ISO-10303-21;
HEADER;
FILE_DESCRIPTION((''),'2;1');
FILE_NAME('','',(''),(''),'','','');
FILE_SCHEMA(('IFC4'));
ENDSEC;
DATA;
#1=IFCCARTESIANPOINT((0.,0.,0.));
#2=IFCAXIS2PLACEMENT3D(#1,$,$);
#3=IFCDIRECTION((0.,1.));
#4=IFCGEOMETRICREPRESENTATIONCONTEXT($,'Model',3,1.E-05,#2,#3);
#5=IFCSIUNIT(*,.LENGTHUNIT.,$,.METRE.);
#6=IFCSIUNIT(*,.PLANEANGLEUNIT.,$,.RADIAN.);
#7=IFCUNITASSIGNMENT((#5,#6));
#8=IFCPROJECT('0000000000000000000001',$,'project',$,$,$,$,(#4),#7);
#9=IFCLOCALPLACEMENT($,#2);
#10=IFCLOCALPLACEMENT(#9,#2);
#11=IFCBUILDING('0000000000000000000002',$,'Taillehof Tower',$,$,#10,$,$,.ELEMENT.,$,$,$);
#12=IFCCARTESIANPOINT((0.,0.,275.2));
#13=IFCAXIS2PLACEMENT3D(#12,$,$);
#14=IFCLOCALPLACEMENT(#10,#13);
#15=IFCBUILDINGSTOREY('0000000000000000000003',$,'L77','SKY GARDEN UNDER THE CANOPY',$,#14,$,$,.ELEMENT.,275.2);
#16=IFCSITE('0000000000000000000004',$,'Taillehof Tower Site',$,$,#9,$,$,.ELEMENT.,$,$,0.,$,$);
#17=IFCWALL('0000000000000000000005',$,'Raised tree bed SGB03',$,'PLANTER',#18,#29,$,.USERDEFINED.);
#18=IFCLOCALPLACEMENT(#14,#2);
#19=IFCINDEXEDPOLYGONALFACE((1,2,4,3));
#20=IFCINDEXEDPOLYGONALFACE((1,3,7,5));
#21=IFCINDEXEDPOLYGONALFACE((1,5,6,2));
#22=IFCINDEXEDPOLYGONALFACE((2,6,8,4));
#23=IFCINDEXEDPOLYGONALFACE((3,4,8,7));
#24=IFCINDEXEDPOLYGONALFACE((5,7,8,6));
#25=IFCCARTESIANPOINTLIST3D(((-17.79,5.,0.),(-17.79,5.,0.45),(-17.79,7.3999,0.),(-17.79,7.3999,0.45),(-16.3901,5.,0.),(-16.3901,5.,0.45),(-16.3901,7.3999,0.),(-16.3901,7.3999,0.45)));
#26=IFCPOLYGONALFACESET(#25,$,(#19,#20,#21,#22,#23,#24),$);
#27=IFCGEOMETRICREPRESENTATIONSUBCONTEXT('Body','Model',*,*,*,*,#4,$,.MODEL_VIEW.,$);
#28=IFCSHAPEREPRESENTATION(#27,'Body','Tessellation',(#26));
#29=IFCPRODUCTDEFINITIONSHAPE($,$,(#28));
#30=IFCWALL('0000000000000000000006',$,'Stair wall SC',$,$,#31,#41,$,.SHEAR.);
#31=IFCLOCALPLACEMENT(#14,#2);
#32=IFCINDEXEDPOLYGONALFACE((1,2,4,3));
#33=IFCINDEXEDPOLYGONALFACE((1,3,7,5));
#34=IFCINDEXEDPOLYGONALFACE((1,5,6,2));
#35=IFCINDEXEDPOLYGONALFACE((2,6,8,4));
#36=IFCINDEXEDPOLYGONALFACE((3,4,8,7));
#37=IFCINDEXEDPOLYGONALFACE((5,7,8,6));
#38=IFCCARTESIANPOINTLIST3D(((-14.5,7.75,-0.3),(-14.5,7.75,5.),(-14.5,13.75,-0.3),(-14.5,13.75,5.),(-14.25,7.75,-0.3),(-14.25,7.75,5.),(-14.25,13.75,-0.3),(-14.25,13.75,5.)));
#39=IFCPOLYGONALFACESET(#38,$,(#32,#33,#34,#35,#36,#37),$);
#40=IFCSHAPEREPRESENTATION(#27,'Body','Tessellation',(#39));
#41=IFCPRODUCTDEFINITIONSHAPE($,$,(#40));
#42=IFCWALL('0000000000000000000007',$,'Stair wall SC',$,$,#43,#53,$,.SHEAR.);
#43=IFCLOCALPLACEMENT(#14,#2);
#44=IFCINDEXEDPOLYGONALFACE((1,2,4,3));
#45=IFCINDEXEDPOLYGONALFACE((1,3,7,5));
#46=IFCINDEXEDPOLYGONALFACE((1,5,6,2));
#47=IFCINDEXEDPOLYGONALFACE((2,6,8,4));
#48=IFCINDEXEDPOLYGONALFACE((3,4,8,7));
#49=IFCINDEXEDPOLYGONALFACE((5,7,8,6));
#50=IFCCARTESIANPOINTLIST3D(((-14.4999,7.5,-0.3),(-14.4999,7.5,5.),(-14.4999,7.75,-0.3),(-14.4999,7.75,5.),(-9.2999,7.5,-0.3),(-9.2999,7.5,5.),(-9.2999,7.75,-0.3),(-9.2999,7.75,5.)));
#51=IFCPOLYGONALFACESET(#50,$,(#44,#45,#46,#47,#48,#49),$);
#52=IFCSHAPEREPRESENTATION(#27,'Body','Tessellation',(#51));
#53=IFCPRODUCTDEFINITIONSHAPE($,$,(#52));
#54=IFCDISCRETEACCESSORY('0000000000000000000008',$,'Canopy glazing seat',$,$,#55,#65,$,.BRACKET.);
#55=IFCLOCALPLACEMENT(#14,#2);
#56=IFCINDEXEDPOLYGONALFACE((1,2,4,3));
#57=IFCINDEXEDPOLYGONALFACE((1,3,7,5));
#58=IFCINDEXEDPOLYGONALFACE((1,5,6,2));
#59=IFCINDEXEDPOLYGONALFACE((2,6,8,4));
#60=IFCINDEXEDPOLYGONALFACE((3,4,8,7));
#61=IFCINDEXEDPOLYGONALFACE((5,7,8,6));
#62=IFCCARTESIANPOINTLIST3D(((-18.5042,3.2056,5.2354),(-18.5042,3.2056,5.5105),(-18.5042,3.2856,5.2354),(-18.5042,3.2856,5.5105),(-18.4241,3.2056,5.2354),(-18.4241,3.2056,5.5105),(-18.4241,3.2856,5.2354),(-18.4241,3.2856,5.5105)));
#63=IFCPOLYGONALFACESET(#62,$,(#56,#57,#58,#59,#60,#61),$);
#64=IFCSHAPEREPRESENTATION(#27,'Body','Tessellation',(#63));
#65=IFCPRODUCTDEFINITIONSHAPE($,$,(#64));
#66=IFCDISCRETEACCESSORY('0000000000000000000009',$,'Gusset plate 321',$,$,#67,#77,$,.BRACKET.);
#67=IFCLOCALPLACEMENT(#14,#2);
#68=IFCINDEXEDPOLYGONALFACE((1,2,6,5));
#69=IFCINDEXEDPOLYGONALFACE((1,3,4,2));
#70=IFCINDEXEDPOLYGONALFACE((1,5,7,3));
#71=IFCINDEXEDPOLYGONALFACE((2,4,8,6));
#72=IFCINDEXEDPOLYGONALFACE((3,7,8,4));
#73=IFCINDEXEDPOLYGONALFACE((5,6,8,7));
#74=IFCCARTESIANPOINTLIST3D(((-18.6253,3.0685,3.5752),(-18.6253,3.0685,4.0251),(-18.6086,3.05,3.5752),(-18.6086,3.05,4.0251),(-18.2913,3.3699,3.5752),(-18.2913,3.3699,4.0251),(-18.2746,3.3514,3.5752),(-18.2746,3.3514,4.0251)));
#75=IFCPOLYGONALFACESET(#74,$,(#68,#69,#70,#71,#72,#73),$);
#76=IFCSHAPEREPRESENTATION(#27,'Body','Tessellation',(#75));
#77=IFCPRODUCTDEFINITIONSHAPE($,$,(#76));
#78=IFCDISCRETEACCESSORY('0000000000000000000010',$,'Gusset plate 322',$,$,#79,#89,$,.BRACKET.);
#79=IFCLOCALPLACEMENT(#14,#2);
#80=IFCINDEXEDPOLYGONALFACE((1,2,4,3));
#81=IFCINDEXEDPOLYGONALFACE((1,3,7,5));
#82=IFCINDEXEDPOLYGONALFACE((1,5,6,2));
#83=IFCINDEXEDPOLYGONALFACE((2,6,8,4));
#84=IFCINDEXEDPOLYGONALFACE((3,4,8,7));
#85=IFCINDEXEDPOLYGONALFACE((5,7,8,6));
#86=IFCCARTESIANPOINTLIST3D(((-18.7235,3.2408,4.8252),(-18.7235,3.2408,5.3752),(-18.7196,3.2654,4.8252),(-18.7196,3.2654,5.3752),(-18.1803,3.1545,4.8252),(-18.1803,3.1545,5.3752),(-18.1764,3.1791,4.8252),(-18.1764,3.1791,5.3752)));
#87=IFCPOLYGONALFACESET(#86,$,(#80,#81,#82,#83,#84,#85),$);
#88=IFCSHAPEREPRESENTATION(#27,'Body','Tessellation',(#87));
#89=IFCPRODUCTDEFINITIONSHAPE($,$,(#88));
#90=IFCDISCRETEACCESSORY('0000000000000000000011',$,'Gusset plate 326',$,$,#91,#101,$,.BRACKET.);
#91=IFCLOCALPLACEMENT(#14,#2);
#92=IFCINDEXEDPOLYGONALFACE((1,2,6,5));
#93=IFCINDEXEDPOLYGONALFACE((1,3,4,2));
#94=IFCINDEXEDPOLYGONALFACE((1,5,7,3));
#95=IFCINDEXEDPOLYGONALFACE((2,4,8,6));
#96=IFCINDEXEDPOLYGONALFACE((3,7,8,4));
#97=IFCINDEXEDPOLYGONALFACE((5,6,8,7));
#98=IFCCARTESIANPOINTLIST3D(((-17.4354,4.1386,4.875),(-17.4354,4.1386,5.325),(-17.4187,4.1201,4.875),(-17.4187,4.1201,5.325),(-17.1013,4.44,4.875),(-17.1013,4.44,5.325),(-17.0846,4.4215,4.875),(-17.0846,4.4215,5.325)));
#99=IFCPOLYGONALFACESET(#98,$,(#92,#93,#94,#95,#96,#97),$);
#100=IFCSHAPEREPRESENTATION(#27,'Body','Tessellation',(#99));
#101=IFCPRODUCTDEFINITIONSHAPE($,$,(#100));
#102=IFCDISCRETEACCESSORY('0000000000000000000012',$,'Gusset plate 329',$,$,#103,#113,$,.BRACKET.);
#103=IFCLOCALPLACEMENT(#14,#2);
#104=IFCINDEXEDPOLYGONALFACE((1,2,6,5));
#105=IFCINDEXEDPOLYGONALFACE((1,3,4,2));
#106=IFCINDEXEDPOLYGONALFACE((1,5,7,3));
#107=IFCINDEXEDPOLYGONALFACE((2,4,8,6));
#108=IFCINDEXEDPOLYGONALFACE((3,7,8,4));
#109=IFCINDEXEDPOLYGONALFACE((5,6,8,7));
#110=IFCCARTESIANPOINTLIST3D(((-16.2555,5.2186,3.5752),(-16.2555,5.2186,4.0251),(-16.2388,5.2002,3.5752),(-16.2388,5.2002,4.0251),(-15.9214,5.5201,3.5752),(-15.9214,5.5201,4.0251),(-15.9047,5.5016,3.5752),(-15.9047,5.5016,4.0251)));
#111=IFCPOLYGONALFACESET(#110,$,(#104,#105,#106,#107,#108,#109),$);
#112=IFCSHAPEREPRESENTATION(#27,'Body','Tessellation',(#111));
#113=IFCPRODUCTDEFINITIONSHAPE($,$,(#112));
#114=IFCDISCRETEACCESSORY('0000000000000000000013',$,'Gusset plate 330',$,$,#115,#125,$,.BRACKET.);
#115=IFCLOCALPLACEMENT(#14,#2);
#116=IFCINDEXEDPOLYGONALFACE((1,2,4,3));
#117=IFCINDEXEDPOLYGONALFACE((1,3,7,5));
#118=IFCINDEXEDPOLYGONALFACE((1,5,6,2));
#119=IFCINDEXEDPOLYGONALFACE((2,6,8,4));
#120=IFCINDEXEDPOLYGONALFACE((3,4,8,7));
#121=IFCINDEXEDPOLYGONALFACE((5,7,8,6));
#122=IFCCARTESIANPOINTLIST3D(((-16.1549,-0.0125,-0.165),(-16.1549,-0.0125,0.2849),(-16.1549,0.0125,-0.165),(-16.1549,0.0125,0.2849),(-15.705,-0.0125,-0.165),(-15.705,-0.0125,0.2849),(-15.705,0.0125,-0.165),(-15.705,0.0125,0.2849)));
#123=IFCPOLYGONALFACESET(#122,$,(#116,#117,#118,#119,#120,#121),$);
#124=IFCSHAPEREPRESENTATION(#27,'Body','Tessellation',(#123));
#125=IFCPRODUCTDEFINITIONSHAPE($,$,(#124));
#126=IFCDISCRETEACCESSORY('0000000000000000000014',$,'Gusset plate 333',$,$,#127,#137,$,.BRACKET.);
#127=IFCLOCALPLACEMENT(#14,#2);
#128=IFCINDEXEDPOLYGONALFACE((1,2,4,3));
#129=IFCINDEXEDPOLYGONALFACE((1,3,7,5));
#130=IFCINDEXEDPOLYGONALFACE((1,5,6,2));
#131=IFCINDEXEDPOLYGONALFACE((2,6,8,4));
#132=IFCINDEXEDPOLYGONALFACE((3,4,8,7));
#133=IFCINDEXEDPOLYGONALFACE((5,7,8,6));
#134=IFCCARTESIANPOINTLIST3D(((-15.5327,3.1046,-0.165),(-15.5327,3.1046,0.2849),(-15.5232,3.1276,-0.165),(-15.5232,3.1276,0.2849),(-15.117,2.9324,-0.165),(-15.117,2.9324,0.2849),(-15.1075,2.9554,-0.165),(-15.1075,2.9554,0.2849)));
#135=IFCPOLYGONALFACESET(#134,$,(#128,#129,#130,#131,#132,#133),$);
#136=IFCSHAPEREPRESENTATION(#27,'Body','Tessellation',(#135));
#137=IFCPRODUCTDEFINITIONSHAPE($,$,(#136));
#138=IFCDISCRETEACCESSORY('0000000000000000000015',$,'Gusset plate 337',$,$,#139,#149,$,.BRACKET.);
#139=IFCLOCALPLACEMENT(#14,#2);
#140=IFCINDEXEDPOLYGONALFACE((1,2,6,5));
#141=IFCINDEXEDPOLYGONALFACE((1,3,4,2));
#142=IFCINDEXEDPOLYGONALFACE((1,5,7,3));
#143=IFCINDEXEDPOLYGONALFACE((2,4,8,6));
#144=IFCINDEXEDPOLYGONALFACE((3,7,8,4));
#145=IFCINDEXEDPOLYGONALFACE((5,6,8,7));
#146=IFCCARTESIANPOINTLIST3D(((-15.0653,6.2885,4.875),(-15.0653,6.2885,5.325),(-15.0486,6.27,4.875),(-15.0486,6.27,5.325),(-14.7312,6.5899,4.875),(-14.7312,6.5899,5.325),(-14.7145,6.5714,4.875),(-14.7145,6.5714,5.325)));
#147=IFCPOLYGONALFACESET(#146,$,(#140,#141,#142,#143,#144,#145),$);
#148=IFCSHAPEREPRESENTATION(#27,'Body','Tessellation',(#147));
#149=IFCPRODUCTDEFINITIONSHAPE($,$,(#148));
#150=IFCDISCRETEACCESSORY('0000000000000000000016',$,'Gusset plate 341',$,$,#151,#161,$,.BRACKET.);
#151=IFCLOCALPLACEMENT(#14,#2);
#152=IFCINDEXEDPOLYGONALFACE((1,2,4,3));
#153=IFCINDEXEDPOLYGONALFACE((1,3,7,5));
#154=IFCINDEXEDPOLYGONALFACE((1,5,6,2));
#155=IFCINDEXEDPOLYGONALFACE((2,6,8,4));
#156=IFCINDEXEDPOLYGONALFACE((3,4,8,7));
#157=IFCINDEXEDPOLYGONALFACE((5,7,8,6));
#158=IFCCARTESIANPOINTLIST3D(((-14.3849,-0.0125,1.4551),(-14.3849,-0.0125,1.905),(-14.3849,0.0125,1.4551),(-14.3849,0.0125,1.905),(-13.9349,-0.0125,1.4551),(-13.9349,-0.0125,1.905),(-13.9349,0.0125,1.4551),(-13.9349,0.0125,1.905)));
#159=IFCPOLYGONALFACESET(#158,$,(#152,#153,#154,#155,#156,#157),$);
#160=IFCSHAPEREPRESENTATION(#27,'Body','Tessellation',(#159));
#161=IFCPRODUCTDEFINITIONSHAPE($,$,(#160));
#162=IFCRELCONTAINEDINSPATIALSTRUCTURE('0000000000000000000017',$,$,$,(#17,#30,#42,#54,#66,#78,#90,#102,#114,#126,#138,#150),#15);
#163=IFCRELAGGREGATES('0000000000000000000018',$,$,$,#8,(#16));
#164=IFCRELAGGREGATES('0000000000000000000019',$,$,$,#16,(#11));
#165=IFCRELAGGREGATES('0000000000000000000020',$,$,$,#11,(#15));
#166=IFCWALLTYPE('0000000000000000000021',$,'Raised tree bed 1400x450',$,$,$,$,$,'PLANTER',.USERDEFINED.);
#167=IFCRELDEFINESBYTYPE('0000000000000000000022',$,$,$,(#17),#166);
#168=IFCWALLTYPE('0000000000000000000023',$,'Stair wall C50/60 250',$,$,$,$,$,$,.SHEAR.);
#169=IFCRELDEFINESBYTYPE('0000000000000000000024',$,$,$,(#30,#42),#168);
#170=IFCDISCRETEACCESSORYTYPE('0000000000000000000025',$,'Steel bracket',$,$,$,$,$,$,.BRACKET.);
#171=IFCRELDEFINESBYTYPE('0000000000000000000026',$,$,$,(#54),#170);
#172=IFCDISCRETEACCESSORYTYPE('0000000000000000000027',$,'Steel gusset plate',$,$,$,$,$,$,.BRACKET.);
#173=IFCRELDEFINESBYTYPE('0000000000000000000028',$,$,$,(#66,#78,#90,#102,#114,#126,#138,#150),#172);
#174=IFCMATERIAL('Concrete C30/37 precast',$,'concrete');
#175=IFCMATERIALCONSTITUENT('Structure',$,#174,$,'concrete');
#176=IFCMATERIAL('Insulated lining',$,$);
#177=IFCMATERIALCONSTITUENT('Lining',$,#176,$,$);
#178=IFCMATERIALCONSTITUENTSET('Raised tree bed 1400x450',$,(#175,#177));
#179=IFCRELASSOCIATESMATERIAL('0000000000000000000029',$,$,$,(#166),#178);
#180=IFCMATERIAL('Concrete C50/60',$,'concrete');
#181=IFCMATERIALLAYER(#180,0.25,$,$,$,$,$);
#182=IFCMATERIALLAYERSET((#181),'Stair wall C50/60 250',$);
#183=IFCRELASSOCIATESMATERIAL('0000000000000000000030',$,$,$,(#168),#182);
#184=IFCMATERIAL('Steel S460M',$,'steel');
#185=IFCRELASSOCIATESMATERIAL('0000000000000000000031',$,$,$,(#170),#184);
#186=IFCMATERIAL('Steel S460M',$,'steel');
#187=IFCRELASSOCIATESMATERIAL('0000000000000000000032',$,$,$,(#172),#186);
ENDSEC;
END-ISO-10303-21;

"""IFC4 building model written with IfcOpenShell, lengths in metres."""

from ifc_helpers import new_model, si_unit, direction, frame, frame_2d, origin, origin_2d, place, context, subcontext, project, spatial, rectangle, extrude, material, layer, layer_set, constituent, constituent_set, type_object, element, save


model = new_model("IFC4")

# Units and contexts
model_context = context("Model", 3, precision=1e-05, world=origin(), true_north=direction((0.0, 1.0)))
body_context = subcontext(model_context, "Body", "Model", "MODEL_VIEW")
ifc_project = project(units=[si_unit("LENGTHUNIT", "METRE"), si_unit("PLANEANGLEUNIT", "RADIAN")], contexts=[model_context])

# Site, building, storey
site_placement = place(None, origin())
site = spatial("IfcSite", under=ifc_project, at=site_placement, Name="Taillehof Tower Site", CompositionType="ELEMENT", RefElevation=0.0)
building_placement = place(site_placement, origin())
building = spatial("IfcBuilding", under=site, at=building_placement, Name="Taillehof Tower", CompositionType="ELEMENT")
storey_placement = place(building_placement, frame((0.0, 0.0, 275.2)))
storey = spatial("IfcBuildingStorey", under=building, at=storey_placement, Name="L77", Description="SKY GARDEN UNDER THE CANOPY", CompositionType="ELEMENT", Elevation=275.2)

# Walls
ifc_material_1 = material(Name="Concrete C30/37 precast", Category="concrete")
ifc_constituent_1 = constituent(ifc_material_1, Name="Structure", Category="concrete")
ifc_material_2 = material(Name="Insulated lining")
ifc_constituent_2 = constituent(ifc_material_2, Name="Lining")
ifc_constituent_set = constituent_set(constituents=[ifc_constituent_1, ifc_constituent_2], Name="Raised tree bed 1400x450")
wall_type_1 = type_object("IfcWallType", Name="Raised tree bed 1400x450", ElementType="PLANTER", PredefinedType="USERDEFINED", material=ifc_constituent_set)
wall_1_placement = place(storey_placement, frame((-17.0901, 5.0, 0.0), z_axis=(0.0, 0.0, 1.0), x_axis=(0.0, 1.0, 0.0)))
element("IfcWall", 1, at=wall_1_placement, inside=storey, type_object=wall_type_1, Name="Raised tree bed SGB03", ObjectType="PLANTER", PredefinedType="USERDEFINED", context=body_context, shape_type="SweptSolid", body=[
    extrude(rectangle(XDim=2.3999, YDim=1.3999, at=frame_2d((1.2, 0.0))), origin(), (0.0, 0.0, 1.0), 0.45),
])
ifc_material_3 = material(Name="Concrete C50/60", Category="concrete")
ifc_layer_1 = layer(ifc_material_3, 0.25)
ifc_layer_set_1 = layer_set([ifc_layer_1], Name="Stair wall C50/60 250")
wall_type_2 = type_object("IfcWallType", Name="Stair wall C50/60 250", PredefinedType="SHEAR", material=ifc_layer_set_1)
wall_2_placement = place(storey_placement, frame((-14.375, 7.75, -0.3), z_axis=(0.0, 0.0, 1.0), x_axis=(0.0, 1.0, 0.0)))
element("IfcWall", 2, at=wall_2_placement, inside=storey, type_object=wall_type_2, Name="Stair wall SC", PredefinedType="SHEAR", context=body_context, shape_type="SweptSolid", body=[
    extrude(rectangle(XDim=6.0, YDim=0.25, at=frame_2d((3.0, 0.0))), origin(), (0.0, 0.0, 1.0), 5.3),
])
wall_3_placement = place(storey_placement, frame((-14.5, 7.625, -0.3), z_axis=(0.0, 0.0, 1.0), x_axis=(1.0, 0.0, 0.0)))
element("IfcWall", 3, at=wall_3_placement, inside=storey, type_object=wall_type_2, Name="Stair wall SC", PredefinedType="SHEAR", context=body_context, shape_type="SweptSolid", body=[
    extrude(rectangle(XDim=5.2, YDim=0.25, at=frame_2d((2.6001, 0.0))), origin(), (0.0, 0.0, 1.0), 5.3),
])

# Discrete accessories
ifc_material_4 = material(Name="Steel S460M", Category="steel")
discrete_accessory_type_1 = type_object("IfcDiscreteAccessoryType", Name="Steel bracket", PredefinedType="BRACKET", material=ifc_material_4)
discrete_accessory_1_placement = place(storey_placement, frame((-18.4641, 3.2456, 5.2354), z_axis=(0.0, 0.0, 1.0), x_axis=(1.0, 0.0, 0.0)))
element("IfcDiscreteAccessory", 4, at=discrete_accessory_1_placement, inside=storey, type_object=discrete_accessory_type_1, Name="Canopy glazing seat", PredefinedType="BRACKET", context=body_context, shape_type="SweptSolid", body=[
    extrude(rectangle(XDim=0.0801, YDim=0.0801, at=origin_2d()), origin(), (0.0, 0.0, 1.0), 0.2751),
])
ifc_material_5 = material(Name="Steel S460M", Category="steel")
discrete_accessory_type_2 = type_object("IfcDiscreteAccessoryType", Name="Steel gusset plate", PredefinedType="BRACKET", material=ifc_material_5)
discrete_accessory_2_placement = place(storey_placement, frame((-18.45, 3.21, 3.5752), z_axis=(0.0, 0.0, 1.0), x_axis=(0.742453, 0.669898, 0.0)))
element("IfcDiscreteAccessory", 5, at=discrete_accessory_2_placement, inside=storey, type_object=discrete_accessory_type_2, Name="Gusset plate 321", PredefinedType="BRACKET", context=body_context, shape_type="SweptSolid", body=[
    extrude(rectangle(XDim=0.45, YDim=0.0249, at=origin_2d()), origin(), (0.0, 0.0, 1.0), 0.45),
])
discrete_accessory_3_placement = place(storey_placement, frame((-18.45, 3.21, 4.8252), z_axis=(0.0, 0.0, 1.0), x_axis=(0.987635, -0.156771, 0.0)))
element("IfcDiscreteAccessory", 6, at=discrete_accessory_3_placement, inside=storey, type_object=discrete_accessory_type_2, Name="Gusset plate 322", PredefinedType="BRACKET", context=body_context, shape_type="SweptSolid", body=[
    extrude(rectangle(XDim=0.55, YDim=0.0249, at=origin_2d()), origin(), (0.0, 0.0, 1.0), 0.55),
])
for number, where, z_axis, x_axis, name in (
    (7, (-17.26, 4.28, 4.875), (0.0, 0.0, 1.0), (0.742453, 0.669898, 0.0), "Gusset plate 326"),
    (8, (-16.0801, 5.3601, 3.5752), (0.0, 0.0, 1.0), (0.742453, 0.669898, 0.0), "Gusset plate 329"),
    (9, (-15.9299, 0.0, -0.165), (0.0, 0.0, 1.0), (1.0, 0.0, 0.0), "Gusset plate 330"),
    (10, (-15.3201, 3.03, -0.165), (0.0, 0.0, 1.0), (0.923879, -0.382685, 0.0), "Gusset plate 333"),
    (11, (-14.8899, 6.4299, 4.875), (0.0, 0.0, 1.0), (0.742455, 0.669896, 0.0), "Gusset plate 337"),
    (12, (-14.1599, 0.0, 1.4551), (0.0, 0.0, 1.0), (1.0, 0.0, 0.0), "Gusset plate 341"),
):
    element("IfcDiscreteAccessory", number, at=place(storey_placement, frame(where, z_axis=z_axis, x_axis=x_axis)), inside=storey, type_object=discrete_accessory_type_2, Name=name, PredefinedType="BRACKET", context=body_context, shape_type="SweptSolid", body=[
        extrude(rectangle(XDim=0.45, YDim=0.0249, at=origin_2d()), origin(), (0.0, 0.0, 1.0), 0.45),
    ])

save(model, "model.ifc")
